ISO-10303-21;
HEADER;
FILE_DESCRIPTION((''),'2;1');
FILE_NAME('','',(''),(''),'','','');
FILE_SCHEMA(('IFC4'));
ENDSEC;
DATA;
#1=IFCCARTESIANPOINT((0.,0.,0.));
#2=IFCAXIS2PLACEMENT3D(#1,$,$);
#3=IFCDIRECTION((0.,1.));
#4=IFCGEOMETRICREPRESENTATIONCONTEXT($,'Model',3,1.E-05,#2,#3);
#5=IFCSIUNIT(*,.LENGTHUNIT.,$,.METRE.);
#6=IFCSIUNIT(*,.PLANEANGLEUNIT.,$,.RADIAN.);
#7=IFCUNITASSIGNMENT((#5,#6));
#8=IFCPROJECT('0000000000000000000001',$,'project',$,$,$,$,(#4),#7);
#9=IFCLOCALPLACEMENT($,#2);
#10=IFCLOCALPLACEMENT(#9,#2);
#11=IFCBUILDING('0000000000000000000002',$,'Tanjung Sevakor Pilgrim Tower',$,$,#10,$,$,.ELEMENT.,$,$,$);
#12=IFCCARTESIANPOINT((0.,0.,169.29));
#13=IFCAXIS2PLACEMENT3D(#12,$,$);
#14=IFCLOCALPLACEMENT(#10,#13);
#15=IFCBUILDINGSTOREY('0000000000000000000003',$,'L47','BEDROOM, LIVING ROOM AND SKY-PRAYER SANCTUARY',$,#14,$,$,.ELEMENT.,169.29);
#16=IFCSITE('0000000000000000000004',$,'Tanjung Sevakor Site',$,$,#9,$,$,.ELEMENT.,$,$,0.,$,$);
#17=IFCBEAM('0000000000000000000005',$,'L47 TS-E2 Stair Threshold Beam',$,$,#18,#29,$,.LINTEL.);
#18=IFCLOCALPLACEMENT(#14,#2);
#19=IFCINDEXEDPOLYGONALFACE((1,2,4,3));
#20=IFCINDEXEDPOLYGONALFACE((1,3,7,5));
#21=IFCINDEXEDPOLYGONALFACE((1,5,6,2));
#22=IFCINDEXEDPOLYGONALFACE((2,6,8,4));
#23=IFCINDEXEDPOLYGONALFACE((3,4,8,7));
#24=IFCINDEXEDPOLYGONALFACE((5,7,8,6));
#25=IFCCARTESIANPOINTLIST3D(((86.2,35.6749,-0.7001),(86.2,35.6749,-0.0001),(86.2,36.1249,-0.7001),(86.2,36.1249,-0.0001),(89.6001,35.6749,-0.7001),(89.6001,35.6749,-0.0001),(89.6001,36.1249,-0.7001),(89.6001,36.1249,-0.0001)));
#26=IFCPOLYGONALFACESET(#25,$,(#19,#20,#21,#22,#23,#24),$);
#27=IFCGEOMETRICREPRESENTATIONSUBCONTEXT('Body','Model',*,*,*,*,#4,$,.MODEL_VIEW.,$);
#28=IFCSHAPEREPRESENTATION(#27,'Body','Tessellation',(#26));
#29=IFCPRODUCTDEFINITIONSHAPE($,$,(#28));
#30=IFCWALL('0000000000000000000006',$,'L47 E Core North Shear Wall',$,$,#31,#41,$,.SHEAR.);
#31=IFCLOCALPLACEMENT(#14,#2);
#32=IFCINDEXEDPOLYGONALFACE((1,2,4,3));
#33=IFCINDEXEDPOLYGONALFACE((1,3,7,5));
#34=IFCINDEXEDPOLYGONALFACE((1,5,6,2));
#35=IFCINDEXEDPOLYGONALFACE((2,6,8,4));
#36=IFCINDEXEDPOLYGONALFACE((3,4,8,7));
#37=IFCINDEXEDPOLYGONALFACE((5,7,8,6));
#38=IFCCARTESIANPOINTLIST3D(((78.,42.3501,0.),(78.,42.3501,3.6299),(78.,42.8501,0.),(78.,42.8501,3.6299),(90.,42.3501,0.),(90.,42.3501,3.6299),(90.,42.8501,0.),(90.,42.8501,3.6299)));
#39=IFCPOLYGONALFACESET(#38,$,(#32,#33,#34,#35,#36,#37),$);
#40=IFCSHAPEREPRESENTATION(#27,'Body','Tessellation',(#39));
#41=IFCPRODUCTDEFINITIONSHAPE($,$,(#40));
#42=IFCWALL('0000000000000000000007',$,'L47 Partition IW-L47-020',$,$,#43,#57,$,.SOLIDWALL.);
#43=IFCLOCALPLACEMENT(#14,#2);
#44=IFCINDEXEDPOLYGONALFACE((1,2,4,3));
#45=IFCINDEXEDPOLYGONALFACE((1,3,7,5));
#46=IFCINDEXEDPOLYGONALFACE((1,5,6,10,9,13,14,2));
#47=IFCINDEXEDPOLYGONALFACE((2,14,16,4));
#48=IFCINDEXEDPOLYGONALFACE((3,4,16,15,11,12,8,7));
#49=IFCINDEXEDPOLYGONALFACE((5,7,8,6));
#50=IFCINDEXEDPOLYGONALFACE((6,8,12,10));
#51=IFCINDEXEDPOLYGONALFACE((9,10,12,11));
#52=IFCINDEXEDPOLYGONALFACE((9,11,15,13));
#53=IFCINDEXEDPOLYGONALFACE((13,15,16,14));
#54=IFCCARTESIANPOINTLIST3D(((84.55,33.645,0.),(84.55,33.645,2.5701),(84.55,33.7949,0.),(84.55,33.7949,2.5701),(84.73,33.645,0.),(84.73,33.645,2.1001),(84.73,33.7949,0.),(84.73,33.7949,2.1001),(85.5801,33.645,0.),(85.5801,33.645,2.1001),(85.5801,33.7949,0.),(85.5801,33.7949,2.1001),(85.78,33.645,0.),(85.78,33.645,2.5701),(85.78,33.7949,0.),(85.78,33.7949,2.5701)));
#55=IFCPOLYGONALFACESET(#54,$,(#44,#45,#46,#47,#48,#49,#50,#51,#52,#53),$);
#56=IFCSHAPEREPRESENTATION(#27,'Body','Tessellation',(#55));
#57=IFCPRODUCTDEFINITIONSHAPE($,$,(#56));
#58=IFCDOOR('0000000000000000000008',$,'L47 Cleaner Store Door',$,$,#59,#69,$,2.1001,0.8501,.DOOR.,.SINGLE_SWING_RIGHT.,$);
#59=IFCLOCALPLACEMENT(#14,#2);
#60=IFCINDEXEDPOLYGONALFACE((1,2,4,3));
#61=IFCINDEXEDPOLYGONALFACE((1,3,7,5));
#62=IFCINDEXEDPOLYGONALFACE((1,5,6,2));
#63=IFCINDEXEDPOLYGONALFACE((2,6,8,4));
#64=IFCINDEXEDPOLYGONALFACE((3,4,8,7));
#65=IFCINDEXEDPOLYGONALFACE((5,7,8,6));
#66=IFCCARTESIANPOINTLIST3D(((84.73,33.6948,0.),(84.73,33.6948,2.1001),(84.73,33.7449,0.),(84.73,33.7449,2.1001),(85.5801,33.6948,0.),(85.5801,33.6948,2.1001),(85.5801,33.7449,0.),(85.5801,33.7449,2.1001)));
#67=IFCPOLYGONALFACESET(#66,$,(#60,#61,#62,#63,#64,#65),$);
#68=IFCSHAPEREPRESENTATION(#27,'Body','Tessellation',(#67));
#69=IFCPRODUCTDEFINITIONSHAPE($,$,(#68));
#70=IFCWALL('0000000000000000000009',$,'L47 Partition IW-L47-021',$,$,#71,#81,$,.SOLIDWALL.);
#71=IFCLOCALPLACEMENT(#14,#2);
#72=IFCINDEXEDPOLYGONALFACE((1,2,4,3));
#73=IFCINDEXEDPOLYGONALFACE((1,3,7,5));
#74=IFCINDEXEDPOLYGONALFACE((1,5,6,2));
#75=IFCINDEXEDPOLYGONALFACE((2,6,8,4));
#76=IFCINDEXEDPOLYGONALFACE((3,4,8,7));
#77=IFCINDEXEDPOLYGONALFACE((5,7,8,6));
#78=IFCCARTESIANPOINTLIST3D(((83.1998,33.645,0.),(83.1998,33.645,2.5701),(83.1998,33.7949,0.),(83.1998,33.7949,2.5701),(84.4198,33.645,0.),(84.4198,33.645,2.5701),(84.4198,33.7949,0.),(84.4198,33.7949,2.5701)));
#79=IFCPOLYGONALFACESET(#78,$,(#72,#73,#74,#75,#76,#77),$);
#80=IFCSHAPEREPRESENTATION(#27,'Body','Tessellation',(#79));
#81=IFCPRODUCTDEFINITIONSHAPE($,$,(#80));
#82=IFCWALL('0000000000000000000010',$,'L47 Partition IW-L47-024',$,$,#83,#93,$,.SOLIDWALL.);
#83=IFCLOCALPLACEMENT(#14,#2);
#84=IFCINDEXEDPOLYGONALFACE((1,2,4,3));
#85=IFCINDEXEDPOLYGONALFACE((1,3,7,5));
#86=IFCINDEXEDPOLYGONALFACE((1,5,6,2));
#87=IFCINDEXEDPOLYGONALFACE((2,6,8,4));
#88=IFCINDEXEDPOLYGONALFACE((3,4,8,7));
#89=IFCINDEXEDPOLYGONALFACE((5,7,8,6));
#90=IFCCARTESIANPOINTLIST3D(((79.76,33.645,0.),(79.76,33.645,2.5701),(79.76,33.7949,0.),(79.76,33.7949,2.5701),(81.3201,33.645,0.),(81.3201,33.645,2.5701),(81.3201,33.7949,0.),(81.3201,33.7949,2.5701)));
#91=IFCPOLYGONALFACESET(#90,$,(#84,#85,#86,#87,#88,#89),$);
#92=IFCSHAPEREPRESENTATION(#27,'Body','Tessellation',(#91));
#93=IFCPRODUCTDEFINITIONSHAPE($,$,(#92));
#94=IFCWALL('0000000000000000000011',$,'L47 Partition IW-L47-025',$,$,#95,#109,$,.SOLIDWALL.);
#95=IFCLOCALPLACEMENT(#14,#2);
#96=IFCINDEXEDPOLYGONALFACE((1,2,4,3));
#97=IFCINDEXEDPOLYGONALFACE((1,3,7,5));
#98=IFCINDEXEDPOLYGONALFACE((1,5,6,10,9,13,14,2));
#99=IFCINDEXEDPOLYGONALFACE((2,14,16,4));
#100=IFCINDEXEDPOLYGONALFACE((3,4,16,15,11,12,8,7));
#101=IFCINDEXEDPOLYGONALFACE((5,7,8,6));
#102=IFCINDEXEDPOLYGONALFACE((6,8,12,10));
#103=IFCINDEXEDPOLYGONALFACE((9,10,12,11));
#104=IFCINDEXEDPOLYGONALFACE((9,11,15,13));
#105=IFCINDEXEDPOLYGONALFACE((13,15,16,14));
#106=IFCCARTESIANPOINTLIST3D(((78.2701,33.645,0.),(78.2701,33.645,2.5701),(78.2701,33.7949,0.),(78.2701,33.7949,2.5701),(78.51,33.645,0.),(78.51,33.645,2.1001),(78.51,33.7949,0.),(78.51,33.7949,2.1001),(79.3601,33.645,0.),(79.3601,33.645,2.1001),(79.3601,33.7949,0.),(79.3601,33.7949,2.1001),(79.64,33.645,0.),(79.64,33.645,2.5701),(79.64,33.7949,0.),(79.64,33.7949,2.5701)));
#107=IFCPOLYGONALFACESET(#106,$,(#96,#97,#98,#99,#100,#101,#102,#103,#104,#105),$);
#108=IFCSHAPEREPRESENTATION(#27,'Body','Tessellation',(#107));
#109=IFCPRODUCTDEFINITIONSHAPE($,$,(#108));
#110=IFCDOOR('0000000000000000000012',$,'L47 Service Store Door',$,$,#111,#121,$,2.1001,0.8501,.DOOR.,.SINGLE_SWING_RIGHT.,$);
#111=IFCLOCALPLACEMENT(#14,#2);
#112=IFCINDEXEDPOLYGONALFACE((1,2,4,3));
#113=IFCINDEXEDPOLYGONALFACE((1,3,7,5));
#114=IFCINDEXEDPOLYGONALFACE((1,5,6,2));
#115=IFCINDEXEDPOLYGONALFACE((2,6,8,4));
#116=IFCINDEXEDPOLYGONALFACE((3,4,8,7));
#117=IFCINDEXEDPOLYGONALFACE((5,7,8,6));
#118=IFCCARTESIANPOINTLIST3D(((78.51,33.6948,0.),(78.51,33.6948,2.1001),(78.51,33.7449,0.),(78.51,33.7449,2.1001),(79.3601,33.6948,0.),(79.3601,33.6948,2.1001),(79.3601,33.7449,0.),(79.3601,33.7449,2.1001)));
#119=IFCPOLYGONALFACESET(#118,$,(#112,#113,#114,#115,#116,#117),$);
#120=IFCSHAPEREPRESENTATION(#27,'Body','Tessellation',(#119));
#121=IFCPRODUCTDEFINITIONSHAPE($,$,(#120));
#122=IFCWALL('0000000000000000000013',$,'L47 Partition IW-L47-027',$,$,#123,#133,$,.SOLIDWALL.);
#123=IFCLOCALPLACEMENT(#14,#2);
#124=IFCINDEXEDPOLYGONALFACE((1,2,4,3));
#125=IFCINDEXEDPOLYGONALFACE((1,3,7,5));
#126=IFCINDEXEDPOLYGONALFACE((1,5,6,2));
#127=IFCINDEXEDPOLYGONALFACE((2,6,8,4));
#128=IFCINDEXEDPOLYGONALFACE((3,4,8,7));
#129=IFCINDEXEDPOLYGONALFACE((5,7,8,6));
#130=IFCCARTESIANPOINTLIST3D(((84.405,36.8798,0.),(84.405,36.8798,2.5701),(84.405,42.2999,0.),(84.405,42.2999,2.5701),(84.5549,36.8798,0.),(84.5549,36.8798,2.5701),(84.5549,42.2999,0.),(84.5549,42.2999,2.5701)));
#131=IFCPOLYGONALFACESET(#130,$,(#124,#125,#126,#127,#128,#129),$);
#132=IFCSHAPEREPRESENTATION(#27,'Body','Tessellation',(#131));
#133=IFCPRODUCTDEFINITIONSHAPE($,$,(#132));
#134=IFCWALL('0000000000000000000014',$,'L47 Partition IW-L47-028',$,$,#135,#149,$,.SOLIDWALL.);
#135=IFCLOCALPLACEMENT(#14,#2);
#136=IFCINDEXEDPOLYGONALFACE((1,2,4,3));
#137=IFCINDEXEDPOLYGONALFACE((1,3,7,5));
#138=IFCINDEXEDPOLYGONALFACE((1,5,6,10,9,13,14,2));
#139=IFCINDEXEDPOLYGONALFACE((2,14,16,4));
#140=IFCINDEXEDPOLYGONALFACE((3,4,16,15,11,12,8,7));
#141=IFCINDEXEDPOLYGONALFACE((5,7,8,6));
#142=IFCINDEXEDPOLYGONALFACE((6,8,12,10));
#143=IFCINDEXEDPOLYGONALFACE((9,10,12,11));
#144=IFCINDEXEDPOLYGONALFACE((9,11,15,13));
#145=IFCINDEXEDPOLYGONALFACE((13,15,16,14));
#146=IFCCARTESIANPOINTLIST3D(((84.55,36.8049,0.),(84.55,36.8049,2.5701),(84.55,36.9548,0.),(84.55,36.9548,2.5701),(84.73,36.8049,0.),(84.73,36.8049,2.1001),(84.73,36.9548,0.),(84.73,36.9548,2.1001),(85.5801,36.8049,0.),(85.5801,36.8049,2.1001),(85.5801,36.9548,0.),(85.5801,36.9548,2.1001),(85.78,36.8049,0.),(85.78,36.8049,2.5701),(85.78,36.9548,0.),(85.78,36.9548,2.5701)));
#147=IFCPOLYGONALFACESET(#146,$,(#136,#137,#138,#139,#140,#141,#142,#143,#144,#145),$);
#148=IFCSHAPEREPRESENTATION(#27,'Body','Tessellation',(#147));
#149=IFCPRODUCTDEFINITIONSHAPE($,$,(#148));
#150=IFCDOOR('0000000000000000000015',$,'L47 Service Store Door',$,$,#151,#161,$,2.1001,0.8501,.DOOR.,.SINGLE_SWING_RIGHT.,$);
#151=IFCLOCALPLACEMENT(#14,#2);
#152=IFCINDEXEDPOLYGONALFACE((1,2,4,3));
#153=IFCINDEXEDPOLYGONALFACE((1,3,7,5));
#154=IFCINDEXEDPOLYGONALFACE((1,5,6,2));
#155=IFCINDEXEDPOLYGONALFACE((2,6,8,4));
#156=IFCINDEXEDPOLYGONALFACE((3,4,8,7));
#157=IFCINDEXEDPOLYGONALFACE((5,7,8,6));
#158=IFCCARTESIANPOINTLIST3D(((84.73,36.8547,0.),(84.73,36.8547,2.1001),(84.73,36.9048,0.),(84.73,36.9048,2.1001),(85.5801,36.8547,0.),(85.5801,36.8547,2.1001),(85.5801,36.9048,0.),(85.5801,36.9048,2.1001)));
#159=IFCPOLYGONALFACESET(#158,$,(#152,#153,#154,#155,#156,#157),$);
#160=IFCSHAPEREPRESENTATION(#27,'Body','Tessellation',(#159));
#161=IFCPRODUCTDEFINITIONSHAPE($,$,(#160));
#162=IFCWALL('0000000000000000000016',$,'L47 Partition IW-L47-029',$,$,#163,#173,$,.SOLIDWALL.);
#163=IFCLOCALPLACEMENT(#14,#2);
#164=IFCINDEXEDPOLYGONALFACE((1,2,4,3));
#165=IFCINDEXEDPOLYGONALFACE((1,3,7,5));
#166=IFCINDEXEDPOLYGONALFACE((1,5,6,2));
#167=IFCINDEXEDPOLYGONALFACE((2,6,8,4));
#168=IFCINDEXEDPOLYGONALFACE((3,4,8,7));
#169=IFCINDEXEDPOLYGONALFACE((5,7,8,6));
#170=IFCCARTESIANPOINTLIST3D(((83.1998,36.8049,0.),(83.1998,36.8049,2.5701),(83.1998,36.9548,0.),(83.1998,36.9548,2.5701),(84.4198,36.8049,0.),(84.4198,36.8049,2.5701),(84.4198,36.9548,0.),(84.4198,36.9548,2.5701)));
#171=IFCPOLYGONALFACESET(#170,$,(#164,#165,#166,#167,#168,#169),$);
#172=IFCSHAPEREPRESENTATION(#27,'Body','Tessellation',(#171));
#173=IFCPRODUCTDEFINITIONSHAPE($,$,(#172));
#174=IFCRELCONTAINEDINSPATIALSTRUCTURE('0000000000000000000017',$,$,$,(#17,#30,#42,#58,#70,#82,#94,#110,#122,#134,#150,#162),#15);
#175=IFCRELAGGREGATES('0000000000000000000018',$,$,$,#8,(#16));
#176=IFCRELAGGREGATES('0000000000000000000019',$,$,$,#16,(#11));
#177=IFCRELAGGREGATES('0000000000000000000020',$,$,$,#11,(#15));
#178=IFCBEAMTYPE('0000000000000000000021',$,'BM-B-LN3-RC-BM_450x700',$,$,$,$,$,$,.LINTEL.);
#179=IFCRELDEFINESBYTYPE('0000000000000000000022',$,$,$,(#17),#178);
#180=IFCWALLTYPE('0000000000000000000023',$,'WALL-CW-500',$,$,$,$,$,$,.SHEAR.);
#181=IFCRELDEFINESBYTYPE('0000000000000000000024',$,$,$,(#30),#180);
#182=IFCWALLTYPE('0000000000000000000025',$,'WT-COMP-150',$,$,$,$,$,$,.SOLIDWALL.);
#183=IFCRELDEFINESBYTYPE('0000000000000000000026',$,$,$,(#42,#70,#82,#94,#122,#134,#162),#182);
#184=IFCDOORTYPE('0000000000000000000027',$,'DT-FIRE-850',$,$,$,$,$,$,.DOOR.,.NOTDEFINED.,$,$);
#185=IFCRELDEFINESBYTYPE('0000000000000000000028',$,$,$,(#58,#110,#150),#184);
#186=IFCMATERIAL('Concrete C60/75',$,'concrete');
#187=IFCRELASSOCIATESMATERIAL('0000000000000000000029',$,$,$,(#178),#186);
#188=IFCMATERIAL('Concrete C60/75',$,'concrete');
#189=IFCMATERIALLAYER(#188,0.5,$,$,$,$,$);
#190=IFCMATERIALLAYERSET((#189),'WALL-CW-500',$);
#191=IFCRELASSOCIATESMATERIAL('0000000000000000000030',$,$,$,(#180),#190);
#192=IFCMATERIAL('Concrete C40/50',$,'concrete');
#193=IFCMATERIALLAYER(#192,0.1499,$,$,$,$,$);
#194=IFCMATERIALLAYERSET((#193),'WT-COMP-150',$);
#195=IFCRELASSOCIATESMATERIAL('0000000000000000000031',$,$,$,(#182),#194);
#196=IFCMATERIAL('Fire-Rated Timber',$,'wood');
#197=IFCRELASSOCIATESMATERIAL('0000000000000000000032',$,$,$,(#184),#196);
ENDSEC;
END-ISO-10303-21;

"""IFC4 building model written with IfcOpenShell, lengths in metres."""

from ifc_helpers import new_model, si_unit, direction, frame, frame_2d, origin, origin_2d, place, context, subcontext, project, spatial, rectangle, extrude, material, layer, layer_set, material_profile, profile_set, type_object, element, fill, save


model = new_model("IFC4")

# Units and contexts
model_context = context("Model", 3, precision=1e-05, world=origin(), true_north=direction((0.0, 1.0)))
body_context = subcontext(model_context, "Body", "Model", "MODEL_VIEW")
ifc_project = project(units=[si_unit("LENGTHUNIT", "METRE"), si_unit("PLANEANGLEUNIT", "RADIAN")], contexts=[model_context])

# Site, building, storey
site_placement = place(None, origin())
site = spatial("IfcSite", under=ifc_project, at=site_placement, Name="Tanjung Sevakor Site", CompositionType="ELEMENT", RefElevation=0.0)
building_placement = place(site_placement, origin())
building = spatial("IfcBuilding", under=site, at=building_placement, Name="Tanjung Sevakor Pilgrim Tower", CompositionType="ELEMENT")
storey_placement = place(building_placement, frame((0.0, 0.0, 169.29)))
storey = spatial("IfcBuildingStorey", under=building, at=storey_placement, Name="L47", Description="BEDROOM, LIVING ROOM AND SKY-PRAYER SANCTUARY", CompositionType="ELEMENT", Elevation=169.29)

# Beam
ifc_material_1 = material(Name="Concrete C60/75", Category="concrete")
ifc_material_profile = material_profile(ifc_material_1, rectangle(XDim=0.45, YDim=0.7, at=origin_2d()))
ifc_profile_set = profile_set([ifc_material_profile], Name="Concrete C60/75")
beam_type = type_object("IfcBeamType", Name="BM-B-LN3-RC-BM_450x700", PredefinedType="LINTEL", material=ifc_profile_set)
beam_placement = place(storey_placement, frame((86.2, 35.8999, -0.3501), z_axis=(1.0, 0.0, 0.0), x_axis=(0.0, 1.0, 0.0)))
element("IfcBeam", 1, at=beam_placement, inside=storey, type_object=beam_type, Name="L47 TS-E2 Stair Threshold Beam", PredefinedType="LINTEL", context=body_context, shape_type="SweptSolid", body=[
    extrude(rectangle(XDim=0.45, YDim=0.7, at=origin_2d()), origin(), (0.0, 0.0, 1.0), 3.4001),
])

# Wall
ifc_material_2 = material(Name="Concrete C60/75", Category="concrete")
ifc_layer_1 = layer(ifc_material_2, 0.5)
ifc_layer_set_1 = layer_set([ifc_layer_1], Name="WALL-CW-500")
wall_type_1 = type_object("IfcWallType", Name="WALL-CW-500", PredefinedType="SHEAR", material=ifc_layer_set_1)
wall_1_placement = place(storey_placement, frame((90.0, 42.6001, 0.0), z_axis=(0.0, 0.0, 1.0), x_axis=(-1.0, 0.0, 0.0)))
element("IfcWall", 2, at=wall_1_placement, inside=storey, type_object=wall_type_1, Name="L47 E Core North Shear Wall", PredefinedType="SHEAR", context=body_context, shape_type="SweptSolid", body=[
    extrude(rectangle(XDim=12.0, YDim=0.5, at=frame_2d((6.0, 0.0))), origin(), (0.0, 0.0, 1.0), 3.6299),
])

# Wall, opening, door
ifc_material_3 = material(Name="Concrete C40/50", Category="concrete")
ifc_layer_2 = layer(ifc_material_3, 0.1499)
ifc_layer_set_2 = layer_set([ifc_layer_2], Name="WT-COMP-150")
wall_type_2 = type_object("IfcWallType", Name="WT-COMP-150", PredefinedType="SOLIDWALL", material=ifc_layer_set_2)
wall_2_placement = place(storey_placement, frame((84.55, 33.72, 0.0), z_axis=(0.0, 0.0, 1.0), x_axis=(1.0, 0.0, 0.0)))
wall_2 = element("IfcWall", 3, at=wall_2_placement, inside=storey, type_object=wall_type_2, Name="L47 Partition IW-L47-020", PredefinedType="SOLIDWALL", context=body_context, shape_type="SweptSolid", body=[
    extrude(rectangle(XDim=1.23, YDim=0.1499, at=frame_2d((0.615, 0.0))), origin(), (0.0, 0.0, 1.0), 2.5701),
])
opening_1_placement = place(wall_2_placement, frame((0.1799, 0.0, 0.0)))
opening_1 = element("IfcOpeningElement", 4, at=opening_1_placement, cuts=wall_2, PredefinedType="OPENING", context=body_context, shape_type="SweptSolid", body=[
    extrude(rectangle(XDim=0.8501, YDim=2.1001, at=frame_2d((0.425, 1.05))), frame((0.0, 0.085, 0.0), z_axis=(0.0, -1.0, 0.0), x_axis=(1.0, 0.0, 0.0)), (0.0, 0.0, 1.0), 0.1699),
])
ifc_material_4 = material(Name="Fire-Rated Timber", Category="wood")
door_type_1 = type_object("IfcDoorType", Name="DT-FIRE-850", OperationType="NOTDEFINED", PredefinedType="DOOR", material=ifc_material_4)
door_1_placement = place(opening_1_placement, origin())
door_1 = element("IfcDoor", 5, at=door_1_placement, inside=storey, type_object=door_type_1, Name="L47 Cleaner Store Door", OperationType="SINGLE_SWING_RIGHT", OverallHeight=2.1001, OverallWidth=0.8501, PredefinedType="DOOR", context=body_context, shape_type="SweptSolid", body=[
    extrude(rectangle(XDim=0.8501, YDim=2.1001, at=frame_2d((0.425, 1.05))), frame((0.0, 0.0249, 0.0), z_axis=(0.0, -1.0, 0.0), x_axis=(1.0, 0.0, 0.0)), (0.0, 0.0, 1.0), 0.05),
])
fill(opening_1, door_1)

# Walls
wall_3_placement = place(storey_placement, frame((83.2, 33.72, 0.0), z_axis=(0.0, 0.0, 1.0), x_axis=(1.0, 0.0, 0.0)))
element("IfcWall", 6, at=wall_3_placement, inside=storey, type_object=wall_type_2, Name="L47 Partition IW-L47-021", PredefinedType="SOLIDWALL", context=body_context, shape_type="SweptSolid", body=[
    extrude(rectangle(XDim=1.22, YDim=0.1499, at=frame_2d((0.6099, 0.0))), origin(), (0.0, 0.0, 1.0), 2.5701),
])
wall_4_placement = place(storey_placement, frame((79.76, 33.72, 0.0), z_axis=(0.0, 0.0, 1.0), x_axis=(1.0, 0.0, 0.0)))
element("IfcWall", 7, at=wall_4_placement, inside=storey, type_object=wall_type_2, Name="L47 Partition IW-L47-024", PredefinedType="SOLIDWALL", context=body_context, shape_type="SweptSolid", body=[
    extrude(rectangle(XDim=1.5601, YDim=0.1499, at=frame_2d((0.78, 0.0))), origin(), (0.0, 0.0, 1.0), 2.5701),
])

# Wall, opening, door
wall_5_placement = place(storey_placement, frame((78.27, 33.72, 0.0), z_axis=(0.0, 0.0, 1.0), x_axis=(1.0, 0.0, 0.0)))
wall_5 = element("IfcWall", 8, at=wall_5_placement, inside=storey, type_object=wall_type_2, Name="L47 Partition IW-L47-025", PredefinedType="SOLIDWALL", context=body_context, shape_type="SweptSolid", body=[
    extrude(rectangle(XDim=1.3699, YDim=0.1499, at=frame_2d((0.6851, 0.0))), origin(), (0.0, 0.0, 1.0), 2.5701),
])
opening_2_placement = place(wall_5_placement, frame((0.24, 0.0, 0.0)))
opening_2 = element("IfcOpeningElement", 9, at=opening_2_placement, cuts=wall_5, PredefinedType="OPENING", context=body_context, shape_type="SweptSolid", body=[
    extrude(rectangle(XDim=0.8501, YDim=2.1001, at=frame_2d((0.425, 1.05))), frame((0.0, 0.085, 0.0), z_axis=(0.0, -1.0, 0.0), x_axis=(1.0, 0.0, 0.0)), (0.0, 0.0, 1.0), 0.1699),
])
door_2_placement = place(opening_2_placement, origin())
door_2 = element("IfcDoor", 10, at=door_2_placement, inside=storey, type_object=door_type_1, Name="L47 Service Store Door", OperationType="SINGLE_SWING_RIGHT", OverallHeight=2.1001, OverallWidth=0.8501, PredefinedType="DOOR", context=body_context, shape_type="SweptSolid", body=[
    extrude(rectangle(XDim=0.8501, YDim=2.1001, at=frame_2d((0.425, 1.05))), frame((0.0, 0.0249, 0.0), z_axis=(0.0, -1.0, 0.0), x_axis=(1.0, 0.0, 0.0)), (0.0, 0.0, 1.0), 0.05),
])
fill(opening_2, door_2)

# Wall
wall_6_placement = place(storey_placement, frame((84.48, 36.8799, 0.0), z_axis=(0.0, 0.0, 1.0), x_axis=(0.0, 1.0, 0.0)))
element("IfcWall", 11, at=wall_6_placement, inside=storey, type_object=wall_type_2, Name="L47 Partition IW-L47-027", PredefinedType="SOLIDWALL", context=body_context, shape_type="SweptSolid", body=[
    extrude(rectangle(XDim=5.4202, YDim=0.1499, at=frame_2d((2.71, 0.0))), origin(), (0.0, 0.0, 1.0), 2.5701),
])

# Wall, opening, door
wall_7_placement = place(storey_placement, frame((84.55, 36.8799, 0.0), z_axis=(0.0, 0.0, 1.0), x_axis=(1.0, 0.0, 0.0)))
wall_7 = element("IfcWall", 12, at=wall_7_placement, inside=storey, type_object=wall_type_2, Name="L47 Partition IW-L47-028", PredefinedType="SOLIDWALL", context=body_context, shape_type="SweptSolid", body=[
    extrude(rectangle(XDim=1.23, YDim=0.1499, at=frame_2d((0.615, 0.0))), origin(), (0.0, 0.0, 1.0), 2.5701),
])
opening_3_placement = place(wall_7_placement, frame((0.1799, 0.0, 0.0)))
opening_3 = element("IfcOpeningElement", 13, at=opening_3_placement, cuts=wall_7, PredefinedType="OPENING", context=body_context, shape_type="SweptSolid", body=[
    extrude(rectangle(XDim=0.8501, YDim=2.1001, at=frame_2d((0.425, 1.05))), frame((0.0, 0.085, 0.0), z_axis=(0.0, -1.0, 0.0), x_axis=(1.0, 0.0, 0.0)), (0.0, 0.0, 1.0), 0.1699),
])
door_3_placement = place(opening_3_placement, origin())
door_3 = element("IfcDoor", 14, at=door_3_placement, inside=storey, type_object=door_type_1, Name="L47 Service Store Door", OperationType="SINGLE_SWING_RIGHT", OverallHeight=2.1001, OverallWidth=0.8501, PredefinedType="DOOR", context=body_context, shape_type="SweptSolid", body=[
    extrude(rectangle(XDim=0.8501, YDim=2.1001, at=frame_2d((0.425, 1.05))), frame((0.0, 0.0249, 0.0), z_axis=(0.0, -1.0, 0.0), x_axis=(1.0, 0.0, 0.0)), (0.0, 0.0, 1.0), 0.05),
])
fill(opening_3, door_3)

# Wall
wall_8_placement = place(storey_placement, frame((83.2, 36.8799, 0.0), z_axis=(0.0, 0.0, 1.0), x_axis=(1.0, 0.0, 0.0)))
element("IfcWall", 15, at=wall_8_placement, inside=storey, type_object=wall_type_2, Name="L47 Partition IW-L47-029", PredefinedType="SOLIDWALL", context=body_context, shape_type="SweptSolid", body=[
    extrude(rectangle(XDim=1.22, YDim=0.1499, at=frame_2d((0.6099, 0.0))), origin(), (0.0, 0.0, 1.0), 2.5701),
])

save(model, "model.ifc")
